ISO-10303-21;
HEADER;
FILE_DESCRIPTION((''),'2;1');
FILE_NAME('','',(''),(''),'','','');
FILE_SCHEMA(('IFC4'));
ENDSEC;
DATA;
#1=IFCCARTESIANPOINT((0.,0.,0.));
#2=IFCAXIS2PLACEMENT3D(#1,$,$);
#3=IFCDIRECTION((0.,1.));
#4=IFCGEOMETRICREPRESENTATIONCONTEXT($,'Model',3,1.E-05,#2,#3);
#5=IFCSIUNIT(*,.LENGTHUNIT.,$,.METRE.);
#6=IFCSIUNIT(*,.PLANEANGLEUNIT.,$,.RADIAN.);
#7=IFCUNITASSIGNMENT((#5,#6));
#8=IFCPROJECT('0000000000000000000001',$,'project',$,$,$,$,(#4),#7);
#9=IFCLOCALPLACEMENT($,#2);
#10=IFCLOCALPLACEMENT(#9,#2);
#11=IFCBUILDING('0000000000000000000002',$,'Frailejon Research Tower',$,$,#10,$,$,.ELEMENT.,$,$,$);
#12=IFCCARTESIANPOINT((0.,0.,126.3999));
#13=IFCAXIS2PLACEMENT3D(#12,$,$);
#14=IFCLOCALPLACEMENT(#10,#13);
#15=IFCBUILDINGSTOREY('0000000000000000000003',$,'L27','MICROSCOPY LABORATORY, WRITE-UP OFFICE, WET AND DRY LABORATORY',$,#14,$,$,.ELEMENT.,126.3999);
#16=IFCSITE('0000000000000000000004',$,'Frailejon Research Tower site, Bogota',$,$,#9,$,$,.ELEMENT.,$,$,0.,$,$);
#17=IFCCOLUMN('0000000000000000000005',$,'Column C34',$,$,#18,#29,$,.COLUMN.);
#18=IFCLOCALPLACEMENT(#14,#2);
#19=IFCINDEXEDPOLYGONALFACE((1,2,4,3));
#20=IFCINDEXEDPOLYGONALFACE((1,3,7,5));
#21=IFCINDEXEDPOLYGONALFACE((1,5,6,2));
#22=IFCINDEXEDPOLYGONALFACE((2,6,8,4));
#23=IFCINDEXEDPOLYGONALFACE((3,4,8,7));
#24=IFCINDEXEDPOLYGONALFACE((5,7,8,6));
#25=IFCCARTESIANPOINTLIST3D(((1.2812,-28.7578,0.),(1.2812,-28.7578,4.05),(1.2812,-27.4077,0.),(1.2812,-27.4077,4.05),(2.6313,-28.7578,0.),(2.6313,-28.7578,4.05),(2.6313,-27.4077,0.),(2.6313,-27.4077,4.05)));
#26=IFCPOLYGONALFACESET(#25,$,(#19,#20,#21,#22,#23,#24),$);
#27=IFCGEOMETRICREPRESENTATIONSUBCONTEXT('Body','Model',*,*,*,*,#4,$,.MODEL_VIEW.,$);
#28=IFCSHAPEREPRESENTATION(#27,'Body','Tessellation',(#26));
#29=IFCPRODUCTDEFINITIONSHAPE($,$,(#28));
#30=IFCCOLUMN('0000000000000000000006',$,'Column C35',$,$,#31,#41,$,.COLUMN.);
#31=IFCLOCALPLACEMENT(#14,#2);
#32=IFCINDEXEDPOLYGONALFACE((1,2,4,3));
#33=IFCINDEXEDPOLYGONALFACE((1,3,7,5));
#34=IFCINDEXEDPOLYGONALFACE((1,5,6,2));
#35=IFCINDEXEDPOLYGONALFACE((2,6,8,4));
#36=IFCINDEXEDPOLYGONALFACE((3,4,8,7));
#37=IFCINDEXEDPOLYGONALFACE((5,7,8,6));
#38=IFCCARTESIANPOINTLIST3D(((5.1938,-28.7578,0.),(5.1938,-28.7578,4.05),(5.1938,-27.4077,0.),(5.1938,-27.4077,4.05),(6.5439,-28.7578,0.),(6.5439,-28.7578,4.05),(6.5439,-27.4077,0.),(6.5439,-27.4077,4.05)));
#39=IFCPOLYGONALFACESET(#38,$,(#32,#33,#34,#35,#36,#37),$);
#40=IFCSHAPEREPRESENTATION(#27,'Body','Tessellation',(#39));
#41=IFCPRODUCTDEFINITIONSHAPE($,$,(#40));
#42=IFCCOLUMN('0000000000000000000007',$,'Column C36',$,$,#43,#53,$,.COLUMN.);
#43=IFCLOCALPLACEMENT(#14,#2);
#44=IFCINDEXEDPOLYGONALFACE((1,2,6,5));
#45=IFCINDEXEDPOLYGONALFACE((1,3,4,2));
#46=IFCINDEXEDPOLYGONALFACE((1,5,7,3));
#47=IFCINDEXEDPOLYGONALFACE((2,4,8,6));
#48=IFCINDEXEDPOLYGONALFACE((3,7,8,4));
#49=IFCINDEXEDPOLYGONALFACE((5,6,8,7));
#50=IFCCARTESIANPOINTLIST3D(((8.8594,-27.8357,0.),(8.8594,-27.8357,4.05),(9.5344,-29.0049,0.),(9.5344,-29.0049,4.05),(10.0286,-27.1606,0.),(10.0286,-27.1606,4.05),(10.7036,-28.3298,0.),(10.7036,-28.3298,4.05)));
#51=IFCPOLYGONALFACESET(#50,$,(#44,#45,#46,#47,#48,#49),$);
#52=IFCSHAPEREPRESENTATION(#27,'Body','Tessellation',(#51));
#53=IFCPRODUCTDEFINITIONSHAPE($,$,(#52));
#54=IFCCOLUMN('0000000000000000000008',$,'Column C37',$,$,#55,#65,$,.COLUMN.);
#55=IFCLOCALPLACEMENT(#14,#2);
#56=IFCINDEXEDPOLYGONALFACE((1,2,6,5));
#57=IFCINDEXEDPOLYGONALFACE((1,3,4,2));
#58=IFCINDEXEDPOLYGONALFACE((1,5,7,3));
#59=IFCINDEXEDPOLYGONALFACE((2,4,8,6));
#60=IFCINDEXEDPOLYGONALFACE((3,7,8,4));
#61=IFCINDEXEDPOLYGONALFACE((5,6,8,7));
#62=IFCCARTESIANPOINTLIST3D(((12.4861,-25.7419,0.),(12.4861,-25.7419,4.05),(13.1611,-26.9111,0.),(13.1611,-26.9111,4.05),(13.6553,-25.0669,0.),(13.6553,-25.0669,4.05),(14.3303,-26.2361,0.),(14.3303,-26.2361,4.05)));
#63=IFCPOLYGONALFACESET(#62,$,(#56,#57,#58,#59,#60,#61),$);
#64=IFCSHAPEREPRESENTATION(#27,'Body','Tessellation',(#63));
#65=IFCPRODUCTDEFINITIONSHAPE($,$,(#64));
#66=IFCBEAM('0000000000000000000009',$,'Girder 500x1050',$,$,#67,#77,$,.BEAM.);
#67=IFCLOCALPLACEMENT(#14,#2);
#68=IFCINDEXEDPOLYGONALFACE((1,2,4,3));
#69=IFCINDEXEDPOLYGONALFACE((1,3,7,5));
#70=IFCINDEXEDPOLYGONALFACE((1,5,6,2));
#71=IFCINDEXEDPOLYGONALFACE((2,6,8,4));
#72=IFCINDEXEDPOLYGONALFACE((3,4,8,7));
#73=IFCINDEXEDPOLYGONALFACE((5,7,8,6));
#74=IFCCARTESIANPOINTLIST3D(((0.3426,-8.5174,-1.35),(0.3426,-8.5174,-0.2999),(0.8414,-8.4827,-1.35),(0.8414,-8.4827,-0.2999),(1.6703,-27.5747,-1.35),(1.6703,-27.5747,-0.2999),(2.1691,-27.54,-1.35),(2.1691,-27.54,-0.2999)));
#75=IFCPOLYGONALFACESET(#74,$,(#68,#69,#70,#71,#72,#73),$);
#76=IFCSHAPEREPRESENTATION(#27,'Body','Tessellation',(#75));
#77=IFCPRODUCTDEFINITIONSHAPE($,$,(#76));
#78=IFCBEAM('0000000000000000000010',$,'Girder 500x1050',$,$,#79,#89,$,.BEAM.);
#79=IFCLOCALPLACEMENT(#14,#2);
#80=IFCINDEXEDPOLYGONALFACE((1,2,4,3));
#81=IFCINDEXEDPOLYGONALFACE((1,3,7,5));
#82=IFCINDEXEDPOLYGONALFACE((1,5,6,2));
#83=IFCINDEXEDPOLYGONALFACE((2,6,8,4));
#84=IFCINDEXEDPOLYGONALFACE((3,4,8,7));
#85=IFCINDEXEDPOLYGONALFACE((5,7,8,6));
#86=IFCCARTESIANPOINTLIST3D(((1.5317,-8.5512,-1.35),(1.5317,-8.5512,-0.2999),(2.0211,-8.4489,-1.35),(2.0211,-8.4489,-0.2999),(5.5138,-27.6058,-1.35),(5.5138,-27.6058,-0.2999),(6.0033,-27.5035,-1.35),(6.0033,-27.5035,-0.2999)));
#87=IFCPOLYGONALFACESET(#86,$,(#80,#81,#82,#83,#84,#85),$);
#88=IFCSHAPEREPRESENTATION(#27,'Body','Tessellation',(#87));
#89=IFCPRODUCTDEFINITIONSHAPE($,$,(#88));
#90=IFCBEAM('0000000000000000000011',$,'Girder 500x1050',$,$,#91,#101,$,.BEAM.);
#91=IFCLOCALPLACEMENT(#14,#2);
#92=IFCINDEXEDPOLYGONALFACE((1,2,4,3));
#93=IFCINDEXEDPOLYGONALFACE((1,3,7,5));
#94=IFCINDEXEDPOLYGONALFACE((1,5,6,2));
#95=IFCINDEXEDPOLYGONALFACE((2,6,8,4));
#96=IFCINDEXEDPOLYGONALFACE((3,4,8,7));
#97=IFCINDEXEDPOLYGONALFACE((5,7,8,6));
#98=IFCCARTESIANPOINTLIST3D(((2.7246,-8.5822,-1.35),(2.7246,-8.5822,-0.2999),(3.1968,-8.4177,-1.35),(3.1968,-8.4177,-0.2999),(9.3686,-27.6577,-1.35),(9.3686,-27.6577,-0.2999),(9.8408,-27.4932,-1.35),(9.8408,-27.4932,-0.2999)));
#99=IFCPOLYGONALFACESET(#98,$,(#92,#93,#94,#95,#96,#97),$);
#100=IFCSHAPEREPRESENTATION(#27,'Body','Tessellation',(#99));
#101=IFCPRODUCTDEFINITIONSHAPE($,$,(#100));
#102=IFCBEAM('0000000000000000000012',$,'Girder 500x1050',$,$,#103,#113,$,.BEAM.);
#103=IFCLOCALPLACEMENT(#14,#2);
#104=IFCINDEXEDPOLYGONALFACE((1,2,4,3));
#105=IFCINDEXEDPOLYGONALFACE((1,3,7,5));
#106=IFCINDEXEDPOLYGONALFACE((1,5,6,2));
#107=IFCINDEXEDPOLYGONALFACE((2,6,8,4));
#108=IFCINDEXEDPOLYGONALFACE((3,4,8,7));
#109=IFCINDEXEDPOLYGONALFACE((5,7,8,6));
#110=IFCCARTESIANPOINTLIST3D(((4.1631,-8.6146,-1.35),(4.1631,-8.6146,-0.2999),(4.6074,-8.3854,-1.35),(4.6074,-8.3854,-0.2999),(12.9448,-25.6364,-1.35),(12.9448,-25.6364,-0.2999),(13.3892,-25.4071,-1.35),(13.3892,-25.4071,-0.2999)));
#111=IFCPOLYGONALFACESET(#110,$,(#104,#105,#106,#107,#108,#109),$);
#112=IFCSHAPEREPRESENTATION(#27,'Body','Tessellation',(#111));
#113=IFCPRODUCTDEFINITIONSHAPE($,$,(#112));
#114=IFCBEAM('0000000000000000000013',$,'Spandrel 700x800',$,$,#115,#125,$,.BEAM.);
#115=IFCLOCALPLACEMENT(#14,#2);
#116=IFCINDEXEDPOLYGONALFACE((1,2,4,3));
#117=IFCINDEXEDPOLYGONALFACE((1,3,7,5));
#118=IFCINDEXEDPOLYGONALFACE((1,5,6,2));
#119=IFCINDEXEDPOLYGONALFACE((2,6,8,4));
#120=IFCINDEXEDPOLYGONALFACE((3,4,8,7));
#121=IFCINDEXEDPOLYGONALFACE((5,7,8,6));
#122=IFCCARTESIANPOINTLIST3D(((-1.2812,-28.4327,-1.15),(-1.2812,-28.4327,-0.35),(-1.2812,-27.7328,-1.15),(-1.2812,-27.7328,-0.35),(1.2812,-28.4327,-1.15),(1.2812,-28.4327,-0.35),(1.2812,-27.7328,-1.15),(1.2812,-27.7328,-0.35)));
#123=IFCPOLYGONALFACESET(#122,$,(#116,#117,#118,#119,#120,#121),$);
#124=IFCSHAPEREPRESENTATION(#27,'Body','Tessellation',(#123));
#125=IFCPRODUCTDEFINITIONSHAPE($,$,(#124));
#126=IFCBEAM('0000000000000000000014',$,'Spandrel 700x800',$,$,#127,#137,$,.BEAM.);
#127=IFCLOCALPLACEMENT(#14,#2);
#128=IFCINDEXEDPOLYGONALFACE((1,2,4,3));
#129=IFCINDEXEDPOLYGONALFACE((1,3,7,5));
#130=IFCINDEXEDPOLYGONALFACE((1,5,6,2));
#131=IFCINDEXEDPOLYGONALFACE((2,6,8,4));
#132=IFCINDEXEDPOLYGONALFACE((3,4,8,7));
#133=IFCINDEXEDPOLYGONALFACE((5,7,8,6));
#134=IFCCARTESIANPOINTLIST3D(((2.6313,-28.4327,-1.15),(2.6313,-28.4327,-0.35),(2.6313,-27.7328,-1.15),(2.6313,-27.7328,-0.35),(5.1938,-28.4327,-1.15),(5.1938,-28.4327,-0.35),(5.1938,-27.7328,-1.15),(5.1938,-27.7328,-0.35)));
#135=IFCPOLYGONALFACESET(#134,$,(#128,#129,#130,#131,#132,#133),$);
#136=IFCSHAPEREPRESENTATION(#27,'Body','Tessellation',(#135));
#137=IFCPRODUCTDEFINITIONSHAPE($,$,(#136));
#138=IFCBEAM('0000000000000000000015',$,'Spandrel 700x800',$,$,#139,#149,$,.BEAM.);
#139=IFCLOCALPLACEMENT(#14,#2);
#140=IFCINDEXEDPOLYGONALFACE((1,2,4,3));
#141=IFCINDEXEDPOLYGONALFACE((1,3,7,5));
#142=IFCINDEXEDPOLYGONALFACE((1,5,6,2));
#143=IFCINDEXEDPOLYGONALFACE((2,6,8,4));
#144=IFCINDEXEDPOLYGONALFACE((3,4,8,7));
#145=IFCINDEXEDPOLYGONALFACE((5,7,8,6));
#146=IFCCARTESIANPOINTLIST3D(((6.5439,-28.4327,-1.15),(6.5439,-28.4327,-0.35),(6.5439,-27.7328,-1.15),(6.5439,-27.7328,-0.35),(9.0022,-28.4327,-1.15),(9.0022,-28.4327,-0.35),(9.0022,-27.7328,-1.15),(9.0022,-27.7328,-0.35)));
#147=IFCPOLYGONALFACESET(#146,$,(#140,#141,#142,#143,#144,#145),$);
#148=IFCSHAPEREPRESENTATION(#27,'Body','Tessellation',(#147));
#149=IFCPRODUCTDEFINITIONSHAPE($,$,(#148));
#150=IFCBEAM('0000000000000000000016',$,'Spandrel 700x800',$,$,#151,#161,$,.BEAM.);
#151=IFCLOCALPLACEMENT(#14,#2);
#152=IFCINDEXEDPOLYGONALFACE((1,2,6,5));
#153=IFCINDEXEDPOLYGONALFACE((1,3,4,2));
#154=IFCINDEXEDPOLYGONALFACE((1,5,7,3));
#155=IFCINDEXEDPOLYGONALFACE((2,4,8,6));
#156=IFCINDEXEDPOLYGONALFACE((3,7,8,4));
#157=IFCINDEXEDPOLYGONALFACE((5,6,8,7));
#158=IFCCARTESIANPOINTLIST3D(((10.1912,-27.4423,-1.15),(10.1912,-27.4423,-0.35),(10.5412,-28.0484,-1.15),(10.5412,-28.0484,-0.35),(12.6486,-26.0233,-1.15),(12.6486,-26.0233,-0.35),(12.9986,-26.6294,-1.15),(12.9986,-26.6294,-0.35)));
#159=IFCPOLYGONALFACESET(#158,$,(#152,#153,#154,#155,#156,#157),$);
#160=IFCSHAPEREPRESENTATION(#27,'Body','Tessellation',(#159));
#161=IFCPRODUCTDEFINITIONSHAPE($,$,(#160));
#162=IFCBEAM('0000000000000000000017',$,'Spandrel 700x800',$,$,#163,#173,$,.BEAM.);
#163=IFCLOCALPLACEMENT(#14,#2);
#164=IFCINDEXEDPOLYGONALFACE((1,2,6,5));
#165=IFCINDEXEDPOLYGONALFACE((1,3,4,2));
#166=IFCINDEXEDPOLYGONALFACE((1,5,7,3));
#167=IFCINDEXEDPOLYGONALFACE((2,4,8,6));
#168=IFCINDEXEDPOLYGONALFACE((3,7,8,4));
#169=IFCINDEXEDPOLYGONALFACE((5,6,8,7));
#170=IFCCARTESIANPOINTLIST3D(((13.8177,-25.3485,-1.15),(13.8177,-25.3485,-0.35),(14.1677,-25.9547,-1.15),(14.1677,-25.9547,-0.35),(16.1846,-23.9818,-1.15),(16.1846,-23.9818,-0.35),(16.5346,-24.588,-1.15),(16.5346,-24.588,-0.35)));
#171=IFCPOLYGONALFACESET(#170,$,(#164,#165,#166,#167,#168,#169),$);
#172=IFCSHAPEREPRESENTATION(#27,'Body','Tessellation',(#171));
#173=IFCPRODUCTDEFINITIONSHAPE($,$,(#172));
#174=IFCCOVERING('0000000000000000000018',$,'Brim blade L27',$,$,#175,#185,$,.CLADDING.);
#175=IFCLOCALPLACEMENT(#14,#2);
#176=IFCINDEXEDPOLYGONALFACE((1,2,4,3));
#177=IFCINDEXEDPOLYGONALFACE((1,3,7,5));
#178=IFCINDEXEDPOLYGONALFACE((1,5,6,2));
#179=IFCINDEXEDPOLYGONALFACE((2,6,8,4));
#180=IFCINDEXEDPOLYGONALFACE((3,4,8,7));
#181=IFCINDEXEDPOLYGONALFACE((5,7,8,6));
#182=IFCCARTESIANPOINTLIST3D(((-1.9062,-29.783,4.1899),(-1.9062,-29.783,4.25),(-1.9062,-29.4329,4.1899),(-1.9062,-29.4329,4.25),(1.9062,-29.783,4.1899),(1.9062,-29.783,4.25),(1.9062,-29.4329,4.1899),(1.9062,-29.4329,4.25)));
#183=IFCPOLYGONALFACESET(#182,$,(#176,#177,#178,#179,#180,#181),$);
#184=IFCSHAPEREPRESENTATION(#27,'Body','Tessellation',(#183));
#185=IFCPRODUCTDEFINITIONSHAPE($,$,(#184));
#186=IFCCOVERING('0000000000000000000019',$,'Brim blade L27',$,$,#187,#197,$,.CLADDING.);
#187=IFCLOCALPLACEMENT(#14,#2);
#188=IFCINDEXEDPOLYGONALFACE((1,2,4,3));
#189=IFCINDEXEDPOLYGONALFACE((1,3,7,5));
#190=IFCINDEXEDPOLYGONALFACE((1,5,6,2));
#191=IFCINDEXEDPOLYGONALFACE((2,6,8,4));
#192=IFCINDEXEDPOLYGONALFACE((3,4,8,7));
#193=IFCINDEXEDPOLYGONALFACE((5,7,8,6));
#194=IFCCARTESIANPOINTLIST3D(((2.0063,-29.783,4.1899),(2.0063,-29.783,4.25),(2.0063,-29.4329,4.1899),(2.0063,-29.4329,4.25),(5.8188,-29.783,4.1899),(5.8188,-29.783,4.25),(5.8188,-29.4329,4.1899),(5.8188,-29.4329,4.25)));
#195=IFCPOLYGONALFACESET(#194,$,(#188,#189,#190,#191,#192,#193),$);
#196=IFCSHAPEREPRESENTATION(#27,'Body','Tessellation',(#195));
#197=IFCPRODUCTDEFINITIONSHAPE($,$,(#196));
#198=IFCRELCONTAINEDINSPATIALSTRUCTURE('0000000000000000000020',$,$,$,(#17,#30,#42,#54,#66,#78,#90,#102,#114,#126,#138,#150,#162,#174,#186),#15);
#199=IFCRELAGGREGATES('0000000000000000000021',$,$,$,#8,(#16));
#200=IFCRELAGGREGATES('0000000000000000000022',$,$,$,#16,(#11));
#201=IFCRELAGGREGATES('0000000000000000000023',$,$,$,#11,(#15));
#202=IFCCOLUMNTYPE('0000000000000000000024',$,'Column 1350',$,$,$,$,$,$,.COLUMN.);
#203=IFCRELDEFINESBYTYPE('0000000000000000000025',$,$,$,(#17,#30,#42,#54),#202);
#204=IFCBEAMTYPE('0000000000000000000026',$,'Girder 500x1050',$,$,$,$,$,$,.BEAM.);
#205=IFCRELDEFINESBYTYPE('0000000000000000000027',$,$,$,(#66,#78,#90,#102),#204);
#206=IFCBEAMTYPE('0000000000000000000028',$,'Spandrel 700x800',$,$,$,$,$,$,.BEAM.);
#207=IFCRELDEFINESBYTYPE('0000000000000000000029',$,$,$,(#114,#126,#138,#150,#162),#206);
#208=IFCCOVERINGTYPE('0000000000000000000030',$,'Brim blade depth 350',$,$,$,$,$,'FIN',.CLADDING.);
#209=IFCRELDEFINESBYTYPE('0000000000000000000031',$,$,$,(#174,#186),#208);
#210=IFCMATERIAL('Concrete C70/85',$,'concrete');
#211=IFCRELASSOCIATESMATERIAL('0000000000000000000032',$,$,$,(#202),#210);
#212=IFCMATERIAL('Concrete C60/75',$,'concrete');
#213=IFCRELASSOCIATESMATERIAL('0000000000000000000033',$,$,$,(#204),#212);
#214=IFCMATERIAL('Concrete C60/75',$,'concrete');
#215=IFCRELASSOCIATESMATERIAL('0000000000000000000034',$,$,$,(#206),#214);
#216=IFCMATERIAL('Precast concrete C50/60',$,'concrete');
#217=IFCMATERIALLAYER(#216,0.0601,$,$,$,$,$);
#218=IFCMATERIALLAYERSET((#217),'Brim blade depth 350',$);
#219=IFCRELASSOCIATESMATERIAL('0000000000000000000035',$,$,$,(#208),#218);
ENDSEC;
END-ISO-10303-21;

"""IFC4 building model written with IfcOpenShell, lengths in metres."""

from ifc_helpers import new_model, si_unit, direction, frame, origin, origin_2d, place, context, subcontext, project, spatial, polyline, rectangle, outline, extrude, material, layer, layer_set, material_profile, profile_set, type_object, element, save


model = new_model("IFC4")

# Units and contexts
model_context = context("Model", 3, precision=1e-05, world=origin(), true_north=direction((0.0, 1.0)))
body_context = subcontext(model_context, "Body", "Model", "MODEL_VIEW")
ifc_project = project(units=[si_unit("LENGTHUNIT", "METRE"), si_unit("PLANEANGLEUNIT", "RADIAN")], contexts=[model_context])

# Site, building, storey
site_placement = place(None, origin())
site = spatial("IfcSite", under=ifc_project, at=site_placement, Name="Frailejon Research Tower site, Bogota", CompositionType="ELEMENT", RefElevation=0.0)
building_placement = place(site_placement, origin())
building = spatial("IfcBuilding", under=site, at=building_placement, Name="Frailejon Research Tower", CompositionType="ELEMENT")
storey_placement = place(building_placement, frame((0.0, 0.0, 126.3999)))
storey = spatial("IfcBuildingStorey", under=building, at=storey_placement, Name="L27", Description="MICROSCOPY LABORATORY, WRITE-UP OFFICE, WET AND DRY LABORATORY", CompositionType="ELEMENT", Elevation=126.3999)

# Columns
ifc_material_1 = material(Name="Concrete C70/85", Category="concrete")
ifc_material_profile_1 = material_profile(ifc_material_1, rectangle(XDim=1.3501, YDim=1.3501, at=origin_2d()), Name="Column 1350")
ifc_profile_set_1 = profile_set([ifc_material_profile_1], Name="Concrete C70/85")
column_type = type_object("IfcColumnType", Name="Column 1350", PredefinedType="COLUMN", material=ifc_profile_set_1)
for number, where, z_axis, x_axis, name in (
    (1, (1.9563, -28.0828, 0.0), (0.0, 0.0, 1.0), (1.0, 0.0, 0.0), "Column C34"),
    (2, (5.8689, -28.0828, 0.0), (0.0, 0.0, 1.0), (1.0, 0.0, 0.0), "Column C35"),
    (3, (9.7815, -28.0828, 0.0), (0.0, 0.0, 1.0), (0.866025, 0.5, 0.0), "Column C36"),
    (4, (13.4082, -25.989, 0.0), (0.0, 0.0, 1.0), (0.866025, 0.5, 0.0), "Column C37"),
):
    element("IfcColumn", number, at=place(storey_placement, frame(where, z_axis=z_axis, x_axis=x_axis)), inside=storey, type_object=column_type, Name=name, PredefinedType="COLUMN", context=body_context, shape_type="SweptSolid", body=[
        extrude(rectangle(XDim=1.3501, YDim=1.3501, at=origin_2d()), origin(), (0.0, 0.0, 1.0), 4.05),
    ])

# Beams
ifc_material_2 = material(Name="Concrete C60/75", Category="concrete")
ifc_material_profile_2 = material_profile(ifc_material_2, rectangle(XDim=0.5, YDim=1.05, at=origin_2d()), Name="Girder 500x1050")
ifc_profile_set_2 = profile_set([ifc_material_profile_2], Name="Concrete C60/75")
beam_type_1 = type_object("IfcBeamType", Name="Girder 500x1050", PredefinedType="BEAM", material=ifc_profile_set_2)
beam_1_placement = place(storey_placement, frame((1.9197, -27.5574, -0.825), z_axis=(-0.069497, 0.997582, 0.0), x_axis=(-0.997582, -0.069497, 0.0)))
element("IfcBeam", 5, at=beam_1_placement, inside=storey, type_object=beam_type_1, Name="Girder 500x1050", PredefinedType="BEAM", context=body_context, shape_type="SweptSolid", body=[
    extrude(rectangle(XDim=0.5, YDim=1.05, at=origin_2d()), origin(), (0.0, 0.0, 1.0), 19.1035),
])
beam_2_placement = place(storey_placement, frame((5.7585, -27.5547, -0.825), z_axis=(-0.204567, 0.978853, 0.0), x_axis=(-0.978853, -0.204567, 0.0)))
element("IfcBeam", 6, at=beam_2_placement, inside=storey, type_object=beam_type_1, Name="Girder 500x1050", PredefinedType="BEAM", context=body_context, shape_type="SweptSolid", body=[
    extrude(rectangle(XDim=0.5, YDim=1.05, at=origin_2d()), origin(), (0.0, 0.0, 1.0), 19.4663),
])
beam_3_placement = place(storey_placement, frame((9.6047, -27.5754, -0.825), z_axis=(-0.328923, 0.944357, 0.0), x_axis=(-0.944357, -0.328923, 0.0)))
element("IfcBeam", 7, at=beam_3_placement, inside=storey, type_object=beam_type_1, Name="Girder 500x1050", PredefinedType="BEAM", context=body_context, shape_type="SweptSolid", body=[
    extrude(rectangle(XDim=0.5, YDim=1.05, at=origin_2d()), origin(), (0.0, 0.0, 1.0), 20.1995),
])
beam_4_placement = place(storey_placement, frame((13.167, -25.5217, -0.825), z_axis=(-0.458492, 0.888699, 0.0), x_axis=(-0.888699, -0.458492, 0.0)))
element("IfcBeam", 8, at=beam_4_placement, inside=storey, type_object=beam_type_1, Name="Girder 500x1050", PredefinedType="BEAM", context=body_context, shape_type="SweptSolid", body=[
    extrude(rectangle(XDim=0.5, YDim=1.05, at=origin_2d()), origin(), (0.0, 0.0, 1.0), 19.1536),
])
ifc_material_3 = material(Name="Concrete C60/75", Category="concrete")
ifc_material_profile_3 = material_profile(ifc_material_3, rectangle(XDim=0.7, YDim=0.8, at=origin_2d()), Name="Spandrel 700x800")
ifc_profile_set_3 = profile_set([ifc_material_profile_3], Name="Concrete C60/75")
beam_type_2 = type_object("IfcBeamType", Name="Spandrel 700x800", PredefinedType="BEAM", material=ifc_profile_set_3)
for number, where, z_axis, x_axis, name in (
    (9, (-1.2812, -28.0828, -0.75), (1.0, 0.0, 0.0), (0.0, 1.0, 0.0), "Spandrel 700x800"),
    (10, (2.6313, -28.0828, -0.75), (1.0, 0.0, 0.0), (0.0, 1.0, 0.0), "Spandrel 700x800"),
):
    element("IfcBeam", number, at=place(storey_placement, frame(where, z_axis=z_axis, x_axis=x_axis)), inside=storey, type_object=beam_type_2, Name=name, PredefinedType="BEAM", context=body_context, shape_type="SweptSolid", body=[
        extrude(rectangle(XDim=0.7, YDim=0.8, at=origin_2d()), origin(), (0.0, 0.0, 1.0), 2.5625),
    ])
beam_5_placement = place(storey_placement, frame((6.5439, -28.0828, -0.75), z_axis=(1.0, 0.0, 0.0), x_axis=(0.0, 1.0, 0.0)))
element("IfcBeam", 11, at=beam_5_placement, inside=storey, type_object=beam_type_2, Name="Spandrel 700x800", PredefinedType="BEAM", context=body_context, shape_type="SweptSolid", body=[
    extrude(rectangle(XDim=0.7, YDim=0.8, at=origin_2d()), origin(), (0.0, 0.0, 1.0), 2.4583),
])
beam_6_placement = place(storey_placement, frame((10.3662, -27.7454, -0.75), z_axis=(0.865989, 0.500063, 0.0), x_axis=(-0.500063, 0.865989, 0.0)))
element("IfcBeam", 12, at=beam_6_placement, inside=storey, type_object=beam_type_2, Name="Spandrel 700x800", PredefinedType="BEAM", context=body_context, shape_type="SweptSolid", body=[
    extrude(rectangle(XDim=0.7, YDim=0.8, at=origin_2d()), origin(), (0.0, 0.0, 1.0), 2.8376),
])
beam_7_placement = place(storey_placement, frame((13.9927, -25.6516, -0.75), z_axis=(0.866003, 0.500039, 0.0), x_axis=(-0.500039, 0.866003, 0.0)))
element("IfcBeam", 13, at=beam_7_placement, inside=storey, type_object=beam_type_2, Name="Spandrel 700x800", PredefinedType="BEAM", context=body_context, shape_type="SweptSolid", body=[
    extrude(rectangle(XDim=0.7, YDim=0.8, at=origin_2d()), origin(), (0.0, 0.0, 1.0), 2.7332),
])

# Coverings
ifc_material_4 = material(Name="Precast concrete C50/60", Category="concrete")
ifc_layer_1 = layer(ifc_material_4, 0.0601)
ifc_layer_set_1 = layer_set([ifc_layer_1], Name="Brim blade depth 350")
covering_type_1 = type_object("IfcCoveringType", Name="Brim blade depth 350", ElementType="FIN", PredefinedType="CLADDING", material=ifc_layer_set_1)
for number, where, z_axis, x_axis, name in (
    (14, (1.9062, -29.4329, 4.25), (-1.0, 0.0, 0.0), (0.0, -1.0, 0.0), "Brim blade L27"),
    (15, (5.8188, -29.4329, 4.25), (-1.0, 0.0, 0.0), (0.0, -1.0, 0.0), "Brim blade L27"),
):
    element("IfcCovering", number, at=place(storey_placement, frame(where, z_axis=z_axis, x_axis=x_axis)), inside=storey, type_object=covering_type_1, Name=name, PredefinedType="CLADDING", context=body_context, shape_type="SweptSolid", body=[
        extrude(outline(polyline([(0.0, -0.0601), (0.3501, -0.0601), (0.3501, 0.0), (0.0, 0.0), (0.0, -0.0601)])), origin(), (0.0, 0.0, 1.0), 3.8125),
    ])

save(model, "model.ifc")
